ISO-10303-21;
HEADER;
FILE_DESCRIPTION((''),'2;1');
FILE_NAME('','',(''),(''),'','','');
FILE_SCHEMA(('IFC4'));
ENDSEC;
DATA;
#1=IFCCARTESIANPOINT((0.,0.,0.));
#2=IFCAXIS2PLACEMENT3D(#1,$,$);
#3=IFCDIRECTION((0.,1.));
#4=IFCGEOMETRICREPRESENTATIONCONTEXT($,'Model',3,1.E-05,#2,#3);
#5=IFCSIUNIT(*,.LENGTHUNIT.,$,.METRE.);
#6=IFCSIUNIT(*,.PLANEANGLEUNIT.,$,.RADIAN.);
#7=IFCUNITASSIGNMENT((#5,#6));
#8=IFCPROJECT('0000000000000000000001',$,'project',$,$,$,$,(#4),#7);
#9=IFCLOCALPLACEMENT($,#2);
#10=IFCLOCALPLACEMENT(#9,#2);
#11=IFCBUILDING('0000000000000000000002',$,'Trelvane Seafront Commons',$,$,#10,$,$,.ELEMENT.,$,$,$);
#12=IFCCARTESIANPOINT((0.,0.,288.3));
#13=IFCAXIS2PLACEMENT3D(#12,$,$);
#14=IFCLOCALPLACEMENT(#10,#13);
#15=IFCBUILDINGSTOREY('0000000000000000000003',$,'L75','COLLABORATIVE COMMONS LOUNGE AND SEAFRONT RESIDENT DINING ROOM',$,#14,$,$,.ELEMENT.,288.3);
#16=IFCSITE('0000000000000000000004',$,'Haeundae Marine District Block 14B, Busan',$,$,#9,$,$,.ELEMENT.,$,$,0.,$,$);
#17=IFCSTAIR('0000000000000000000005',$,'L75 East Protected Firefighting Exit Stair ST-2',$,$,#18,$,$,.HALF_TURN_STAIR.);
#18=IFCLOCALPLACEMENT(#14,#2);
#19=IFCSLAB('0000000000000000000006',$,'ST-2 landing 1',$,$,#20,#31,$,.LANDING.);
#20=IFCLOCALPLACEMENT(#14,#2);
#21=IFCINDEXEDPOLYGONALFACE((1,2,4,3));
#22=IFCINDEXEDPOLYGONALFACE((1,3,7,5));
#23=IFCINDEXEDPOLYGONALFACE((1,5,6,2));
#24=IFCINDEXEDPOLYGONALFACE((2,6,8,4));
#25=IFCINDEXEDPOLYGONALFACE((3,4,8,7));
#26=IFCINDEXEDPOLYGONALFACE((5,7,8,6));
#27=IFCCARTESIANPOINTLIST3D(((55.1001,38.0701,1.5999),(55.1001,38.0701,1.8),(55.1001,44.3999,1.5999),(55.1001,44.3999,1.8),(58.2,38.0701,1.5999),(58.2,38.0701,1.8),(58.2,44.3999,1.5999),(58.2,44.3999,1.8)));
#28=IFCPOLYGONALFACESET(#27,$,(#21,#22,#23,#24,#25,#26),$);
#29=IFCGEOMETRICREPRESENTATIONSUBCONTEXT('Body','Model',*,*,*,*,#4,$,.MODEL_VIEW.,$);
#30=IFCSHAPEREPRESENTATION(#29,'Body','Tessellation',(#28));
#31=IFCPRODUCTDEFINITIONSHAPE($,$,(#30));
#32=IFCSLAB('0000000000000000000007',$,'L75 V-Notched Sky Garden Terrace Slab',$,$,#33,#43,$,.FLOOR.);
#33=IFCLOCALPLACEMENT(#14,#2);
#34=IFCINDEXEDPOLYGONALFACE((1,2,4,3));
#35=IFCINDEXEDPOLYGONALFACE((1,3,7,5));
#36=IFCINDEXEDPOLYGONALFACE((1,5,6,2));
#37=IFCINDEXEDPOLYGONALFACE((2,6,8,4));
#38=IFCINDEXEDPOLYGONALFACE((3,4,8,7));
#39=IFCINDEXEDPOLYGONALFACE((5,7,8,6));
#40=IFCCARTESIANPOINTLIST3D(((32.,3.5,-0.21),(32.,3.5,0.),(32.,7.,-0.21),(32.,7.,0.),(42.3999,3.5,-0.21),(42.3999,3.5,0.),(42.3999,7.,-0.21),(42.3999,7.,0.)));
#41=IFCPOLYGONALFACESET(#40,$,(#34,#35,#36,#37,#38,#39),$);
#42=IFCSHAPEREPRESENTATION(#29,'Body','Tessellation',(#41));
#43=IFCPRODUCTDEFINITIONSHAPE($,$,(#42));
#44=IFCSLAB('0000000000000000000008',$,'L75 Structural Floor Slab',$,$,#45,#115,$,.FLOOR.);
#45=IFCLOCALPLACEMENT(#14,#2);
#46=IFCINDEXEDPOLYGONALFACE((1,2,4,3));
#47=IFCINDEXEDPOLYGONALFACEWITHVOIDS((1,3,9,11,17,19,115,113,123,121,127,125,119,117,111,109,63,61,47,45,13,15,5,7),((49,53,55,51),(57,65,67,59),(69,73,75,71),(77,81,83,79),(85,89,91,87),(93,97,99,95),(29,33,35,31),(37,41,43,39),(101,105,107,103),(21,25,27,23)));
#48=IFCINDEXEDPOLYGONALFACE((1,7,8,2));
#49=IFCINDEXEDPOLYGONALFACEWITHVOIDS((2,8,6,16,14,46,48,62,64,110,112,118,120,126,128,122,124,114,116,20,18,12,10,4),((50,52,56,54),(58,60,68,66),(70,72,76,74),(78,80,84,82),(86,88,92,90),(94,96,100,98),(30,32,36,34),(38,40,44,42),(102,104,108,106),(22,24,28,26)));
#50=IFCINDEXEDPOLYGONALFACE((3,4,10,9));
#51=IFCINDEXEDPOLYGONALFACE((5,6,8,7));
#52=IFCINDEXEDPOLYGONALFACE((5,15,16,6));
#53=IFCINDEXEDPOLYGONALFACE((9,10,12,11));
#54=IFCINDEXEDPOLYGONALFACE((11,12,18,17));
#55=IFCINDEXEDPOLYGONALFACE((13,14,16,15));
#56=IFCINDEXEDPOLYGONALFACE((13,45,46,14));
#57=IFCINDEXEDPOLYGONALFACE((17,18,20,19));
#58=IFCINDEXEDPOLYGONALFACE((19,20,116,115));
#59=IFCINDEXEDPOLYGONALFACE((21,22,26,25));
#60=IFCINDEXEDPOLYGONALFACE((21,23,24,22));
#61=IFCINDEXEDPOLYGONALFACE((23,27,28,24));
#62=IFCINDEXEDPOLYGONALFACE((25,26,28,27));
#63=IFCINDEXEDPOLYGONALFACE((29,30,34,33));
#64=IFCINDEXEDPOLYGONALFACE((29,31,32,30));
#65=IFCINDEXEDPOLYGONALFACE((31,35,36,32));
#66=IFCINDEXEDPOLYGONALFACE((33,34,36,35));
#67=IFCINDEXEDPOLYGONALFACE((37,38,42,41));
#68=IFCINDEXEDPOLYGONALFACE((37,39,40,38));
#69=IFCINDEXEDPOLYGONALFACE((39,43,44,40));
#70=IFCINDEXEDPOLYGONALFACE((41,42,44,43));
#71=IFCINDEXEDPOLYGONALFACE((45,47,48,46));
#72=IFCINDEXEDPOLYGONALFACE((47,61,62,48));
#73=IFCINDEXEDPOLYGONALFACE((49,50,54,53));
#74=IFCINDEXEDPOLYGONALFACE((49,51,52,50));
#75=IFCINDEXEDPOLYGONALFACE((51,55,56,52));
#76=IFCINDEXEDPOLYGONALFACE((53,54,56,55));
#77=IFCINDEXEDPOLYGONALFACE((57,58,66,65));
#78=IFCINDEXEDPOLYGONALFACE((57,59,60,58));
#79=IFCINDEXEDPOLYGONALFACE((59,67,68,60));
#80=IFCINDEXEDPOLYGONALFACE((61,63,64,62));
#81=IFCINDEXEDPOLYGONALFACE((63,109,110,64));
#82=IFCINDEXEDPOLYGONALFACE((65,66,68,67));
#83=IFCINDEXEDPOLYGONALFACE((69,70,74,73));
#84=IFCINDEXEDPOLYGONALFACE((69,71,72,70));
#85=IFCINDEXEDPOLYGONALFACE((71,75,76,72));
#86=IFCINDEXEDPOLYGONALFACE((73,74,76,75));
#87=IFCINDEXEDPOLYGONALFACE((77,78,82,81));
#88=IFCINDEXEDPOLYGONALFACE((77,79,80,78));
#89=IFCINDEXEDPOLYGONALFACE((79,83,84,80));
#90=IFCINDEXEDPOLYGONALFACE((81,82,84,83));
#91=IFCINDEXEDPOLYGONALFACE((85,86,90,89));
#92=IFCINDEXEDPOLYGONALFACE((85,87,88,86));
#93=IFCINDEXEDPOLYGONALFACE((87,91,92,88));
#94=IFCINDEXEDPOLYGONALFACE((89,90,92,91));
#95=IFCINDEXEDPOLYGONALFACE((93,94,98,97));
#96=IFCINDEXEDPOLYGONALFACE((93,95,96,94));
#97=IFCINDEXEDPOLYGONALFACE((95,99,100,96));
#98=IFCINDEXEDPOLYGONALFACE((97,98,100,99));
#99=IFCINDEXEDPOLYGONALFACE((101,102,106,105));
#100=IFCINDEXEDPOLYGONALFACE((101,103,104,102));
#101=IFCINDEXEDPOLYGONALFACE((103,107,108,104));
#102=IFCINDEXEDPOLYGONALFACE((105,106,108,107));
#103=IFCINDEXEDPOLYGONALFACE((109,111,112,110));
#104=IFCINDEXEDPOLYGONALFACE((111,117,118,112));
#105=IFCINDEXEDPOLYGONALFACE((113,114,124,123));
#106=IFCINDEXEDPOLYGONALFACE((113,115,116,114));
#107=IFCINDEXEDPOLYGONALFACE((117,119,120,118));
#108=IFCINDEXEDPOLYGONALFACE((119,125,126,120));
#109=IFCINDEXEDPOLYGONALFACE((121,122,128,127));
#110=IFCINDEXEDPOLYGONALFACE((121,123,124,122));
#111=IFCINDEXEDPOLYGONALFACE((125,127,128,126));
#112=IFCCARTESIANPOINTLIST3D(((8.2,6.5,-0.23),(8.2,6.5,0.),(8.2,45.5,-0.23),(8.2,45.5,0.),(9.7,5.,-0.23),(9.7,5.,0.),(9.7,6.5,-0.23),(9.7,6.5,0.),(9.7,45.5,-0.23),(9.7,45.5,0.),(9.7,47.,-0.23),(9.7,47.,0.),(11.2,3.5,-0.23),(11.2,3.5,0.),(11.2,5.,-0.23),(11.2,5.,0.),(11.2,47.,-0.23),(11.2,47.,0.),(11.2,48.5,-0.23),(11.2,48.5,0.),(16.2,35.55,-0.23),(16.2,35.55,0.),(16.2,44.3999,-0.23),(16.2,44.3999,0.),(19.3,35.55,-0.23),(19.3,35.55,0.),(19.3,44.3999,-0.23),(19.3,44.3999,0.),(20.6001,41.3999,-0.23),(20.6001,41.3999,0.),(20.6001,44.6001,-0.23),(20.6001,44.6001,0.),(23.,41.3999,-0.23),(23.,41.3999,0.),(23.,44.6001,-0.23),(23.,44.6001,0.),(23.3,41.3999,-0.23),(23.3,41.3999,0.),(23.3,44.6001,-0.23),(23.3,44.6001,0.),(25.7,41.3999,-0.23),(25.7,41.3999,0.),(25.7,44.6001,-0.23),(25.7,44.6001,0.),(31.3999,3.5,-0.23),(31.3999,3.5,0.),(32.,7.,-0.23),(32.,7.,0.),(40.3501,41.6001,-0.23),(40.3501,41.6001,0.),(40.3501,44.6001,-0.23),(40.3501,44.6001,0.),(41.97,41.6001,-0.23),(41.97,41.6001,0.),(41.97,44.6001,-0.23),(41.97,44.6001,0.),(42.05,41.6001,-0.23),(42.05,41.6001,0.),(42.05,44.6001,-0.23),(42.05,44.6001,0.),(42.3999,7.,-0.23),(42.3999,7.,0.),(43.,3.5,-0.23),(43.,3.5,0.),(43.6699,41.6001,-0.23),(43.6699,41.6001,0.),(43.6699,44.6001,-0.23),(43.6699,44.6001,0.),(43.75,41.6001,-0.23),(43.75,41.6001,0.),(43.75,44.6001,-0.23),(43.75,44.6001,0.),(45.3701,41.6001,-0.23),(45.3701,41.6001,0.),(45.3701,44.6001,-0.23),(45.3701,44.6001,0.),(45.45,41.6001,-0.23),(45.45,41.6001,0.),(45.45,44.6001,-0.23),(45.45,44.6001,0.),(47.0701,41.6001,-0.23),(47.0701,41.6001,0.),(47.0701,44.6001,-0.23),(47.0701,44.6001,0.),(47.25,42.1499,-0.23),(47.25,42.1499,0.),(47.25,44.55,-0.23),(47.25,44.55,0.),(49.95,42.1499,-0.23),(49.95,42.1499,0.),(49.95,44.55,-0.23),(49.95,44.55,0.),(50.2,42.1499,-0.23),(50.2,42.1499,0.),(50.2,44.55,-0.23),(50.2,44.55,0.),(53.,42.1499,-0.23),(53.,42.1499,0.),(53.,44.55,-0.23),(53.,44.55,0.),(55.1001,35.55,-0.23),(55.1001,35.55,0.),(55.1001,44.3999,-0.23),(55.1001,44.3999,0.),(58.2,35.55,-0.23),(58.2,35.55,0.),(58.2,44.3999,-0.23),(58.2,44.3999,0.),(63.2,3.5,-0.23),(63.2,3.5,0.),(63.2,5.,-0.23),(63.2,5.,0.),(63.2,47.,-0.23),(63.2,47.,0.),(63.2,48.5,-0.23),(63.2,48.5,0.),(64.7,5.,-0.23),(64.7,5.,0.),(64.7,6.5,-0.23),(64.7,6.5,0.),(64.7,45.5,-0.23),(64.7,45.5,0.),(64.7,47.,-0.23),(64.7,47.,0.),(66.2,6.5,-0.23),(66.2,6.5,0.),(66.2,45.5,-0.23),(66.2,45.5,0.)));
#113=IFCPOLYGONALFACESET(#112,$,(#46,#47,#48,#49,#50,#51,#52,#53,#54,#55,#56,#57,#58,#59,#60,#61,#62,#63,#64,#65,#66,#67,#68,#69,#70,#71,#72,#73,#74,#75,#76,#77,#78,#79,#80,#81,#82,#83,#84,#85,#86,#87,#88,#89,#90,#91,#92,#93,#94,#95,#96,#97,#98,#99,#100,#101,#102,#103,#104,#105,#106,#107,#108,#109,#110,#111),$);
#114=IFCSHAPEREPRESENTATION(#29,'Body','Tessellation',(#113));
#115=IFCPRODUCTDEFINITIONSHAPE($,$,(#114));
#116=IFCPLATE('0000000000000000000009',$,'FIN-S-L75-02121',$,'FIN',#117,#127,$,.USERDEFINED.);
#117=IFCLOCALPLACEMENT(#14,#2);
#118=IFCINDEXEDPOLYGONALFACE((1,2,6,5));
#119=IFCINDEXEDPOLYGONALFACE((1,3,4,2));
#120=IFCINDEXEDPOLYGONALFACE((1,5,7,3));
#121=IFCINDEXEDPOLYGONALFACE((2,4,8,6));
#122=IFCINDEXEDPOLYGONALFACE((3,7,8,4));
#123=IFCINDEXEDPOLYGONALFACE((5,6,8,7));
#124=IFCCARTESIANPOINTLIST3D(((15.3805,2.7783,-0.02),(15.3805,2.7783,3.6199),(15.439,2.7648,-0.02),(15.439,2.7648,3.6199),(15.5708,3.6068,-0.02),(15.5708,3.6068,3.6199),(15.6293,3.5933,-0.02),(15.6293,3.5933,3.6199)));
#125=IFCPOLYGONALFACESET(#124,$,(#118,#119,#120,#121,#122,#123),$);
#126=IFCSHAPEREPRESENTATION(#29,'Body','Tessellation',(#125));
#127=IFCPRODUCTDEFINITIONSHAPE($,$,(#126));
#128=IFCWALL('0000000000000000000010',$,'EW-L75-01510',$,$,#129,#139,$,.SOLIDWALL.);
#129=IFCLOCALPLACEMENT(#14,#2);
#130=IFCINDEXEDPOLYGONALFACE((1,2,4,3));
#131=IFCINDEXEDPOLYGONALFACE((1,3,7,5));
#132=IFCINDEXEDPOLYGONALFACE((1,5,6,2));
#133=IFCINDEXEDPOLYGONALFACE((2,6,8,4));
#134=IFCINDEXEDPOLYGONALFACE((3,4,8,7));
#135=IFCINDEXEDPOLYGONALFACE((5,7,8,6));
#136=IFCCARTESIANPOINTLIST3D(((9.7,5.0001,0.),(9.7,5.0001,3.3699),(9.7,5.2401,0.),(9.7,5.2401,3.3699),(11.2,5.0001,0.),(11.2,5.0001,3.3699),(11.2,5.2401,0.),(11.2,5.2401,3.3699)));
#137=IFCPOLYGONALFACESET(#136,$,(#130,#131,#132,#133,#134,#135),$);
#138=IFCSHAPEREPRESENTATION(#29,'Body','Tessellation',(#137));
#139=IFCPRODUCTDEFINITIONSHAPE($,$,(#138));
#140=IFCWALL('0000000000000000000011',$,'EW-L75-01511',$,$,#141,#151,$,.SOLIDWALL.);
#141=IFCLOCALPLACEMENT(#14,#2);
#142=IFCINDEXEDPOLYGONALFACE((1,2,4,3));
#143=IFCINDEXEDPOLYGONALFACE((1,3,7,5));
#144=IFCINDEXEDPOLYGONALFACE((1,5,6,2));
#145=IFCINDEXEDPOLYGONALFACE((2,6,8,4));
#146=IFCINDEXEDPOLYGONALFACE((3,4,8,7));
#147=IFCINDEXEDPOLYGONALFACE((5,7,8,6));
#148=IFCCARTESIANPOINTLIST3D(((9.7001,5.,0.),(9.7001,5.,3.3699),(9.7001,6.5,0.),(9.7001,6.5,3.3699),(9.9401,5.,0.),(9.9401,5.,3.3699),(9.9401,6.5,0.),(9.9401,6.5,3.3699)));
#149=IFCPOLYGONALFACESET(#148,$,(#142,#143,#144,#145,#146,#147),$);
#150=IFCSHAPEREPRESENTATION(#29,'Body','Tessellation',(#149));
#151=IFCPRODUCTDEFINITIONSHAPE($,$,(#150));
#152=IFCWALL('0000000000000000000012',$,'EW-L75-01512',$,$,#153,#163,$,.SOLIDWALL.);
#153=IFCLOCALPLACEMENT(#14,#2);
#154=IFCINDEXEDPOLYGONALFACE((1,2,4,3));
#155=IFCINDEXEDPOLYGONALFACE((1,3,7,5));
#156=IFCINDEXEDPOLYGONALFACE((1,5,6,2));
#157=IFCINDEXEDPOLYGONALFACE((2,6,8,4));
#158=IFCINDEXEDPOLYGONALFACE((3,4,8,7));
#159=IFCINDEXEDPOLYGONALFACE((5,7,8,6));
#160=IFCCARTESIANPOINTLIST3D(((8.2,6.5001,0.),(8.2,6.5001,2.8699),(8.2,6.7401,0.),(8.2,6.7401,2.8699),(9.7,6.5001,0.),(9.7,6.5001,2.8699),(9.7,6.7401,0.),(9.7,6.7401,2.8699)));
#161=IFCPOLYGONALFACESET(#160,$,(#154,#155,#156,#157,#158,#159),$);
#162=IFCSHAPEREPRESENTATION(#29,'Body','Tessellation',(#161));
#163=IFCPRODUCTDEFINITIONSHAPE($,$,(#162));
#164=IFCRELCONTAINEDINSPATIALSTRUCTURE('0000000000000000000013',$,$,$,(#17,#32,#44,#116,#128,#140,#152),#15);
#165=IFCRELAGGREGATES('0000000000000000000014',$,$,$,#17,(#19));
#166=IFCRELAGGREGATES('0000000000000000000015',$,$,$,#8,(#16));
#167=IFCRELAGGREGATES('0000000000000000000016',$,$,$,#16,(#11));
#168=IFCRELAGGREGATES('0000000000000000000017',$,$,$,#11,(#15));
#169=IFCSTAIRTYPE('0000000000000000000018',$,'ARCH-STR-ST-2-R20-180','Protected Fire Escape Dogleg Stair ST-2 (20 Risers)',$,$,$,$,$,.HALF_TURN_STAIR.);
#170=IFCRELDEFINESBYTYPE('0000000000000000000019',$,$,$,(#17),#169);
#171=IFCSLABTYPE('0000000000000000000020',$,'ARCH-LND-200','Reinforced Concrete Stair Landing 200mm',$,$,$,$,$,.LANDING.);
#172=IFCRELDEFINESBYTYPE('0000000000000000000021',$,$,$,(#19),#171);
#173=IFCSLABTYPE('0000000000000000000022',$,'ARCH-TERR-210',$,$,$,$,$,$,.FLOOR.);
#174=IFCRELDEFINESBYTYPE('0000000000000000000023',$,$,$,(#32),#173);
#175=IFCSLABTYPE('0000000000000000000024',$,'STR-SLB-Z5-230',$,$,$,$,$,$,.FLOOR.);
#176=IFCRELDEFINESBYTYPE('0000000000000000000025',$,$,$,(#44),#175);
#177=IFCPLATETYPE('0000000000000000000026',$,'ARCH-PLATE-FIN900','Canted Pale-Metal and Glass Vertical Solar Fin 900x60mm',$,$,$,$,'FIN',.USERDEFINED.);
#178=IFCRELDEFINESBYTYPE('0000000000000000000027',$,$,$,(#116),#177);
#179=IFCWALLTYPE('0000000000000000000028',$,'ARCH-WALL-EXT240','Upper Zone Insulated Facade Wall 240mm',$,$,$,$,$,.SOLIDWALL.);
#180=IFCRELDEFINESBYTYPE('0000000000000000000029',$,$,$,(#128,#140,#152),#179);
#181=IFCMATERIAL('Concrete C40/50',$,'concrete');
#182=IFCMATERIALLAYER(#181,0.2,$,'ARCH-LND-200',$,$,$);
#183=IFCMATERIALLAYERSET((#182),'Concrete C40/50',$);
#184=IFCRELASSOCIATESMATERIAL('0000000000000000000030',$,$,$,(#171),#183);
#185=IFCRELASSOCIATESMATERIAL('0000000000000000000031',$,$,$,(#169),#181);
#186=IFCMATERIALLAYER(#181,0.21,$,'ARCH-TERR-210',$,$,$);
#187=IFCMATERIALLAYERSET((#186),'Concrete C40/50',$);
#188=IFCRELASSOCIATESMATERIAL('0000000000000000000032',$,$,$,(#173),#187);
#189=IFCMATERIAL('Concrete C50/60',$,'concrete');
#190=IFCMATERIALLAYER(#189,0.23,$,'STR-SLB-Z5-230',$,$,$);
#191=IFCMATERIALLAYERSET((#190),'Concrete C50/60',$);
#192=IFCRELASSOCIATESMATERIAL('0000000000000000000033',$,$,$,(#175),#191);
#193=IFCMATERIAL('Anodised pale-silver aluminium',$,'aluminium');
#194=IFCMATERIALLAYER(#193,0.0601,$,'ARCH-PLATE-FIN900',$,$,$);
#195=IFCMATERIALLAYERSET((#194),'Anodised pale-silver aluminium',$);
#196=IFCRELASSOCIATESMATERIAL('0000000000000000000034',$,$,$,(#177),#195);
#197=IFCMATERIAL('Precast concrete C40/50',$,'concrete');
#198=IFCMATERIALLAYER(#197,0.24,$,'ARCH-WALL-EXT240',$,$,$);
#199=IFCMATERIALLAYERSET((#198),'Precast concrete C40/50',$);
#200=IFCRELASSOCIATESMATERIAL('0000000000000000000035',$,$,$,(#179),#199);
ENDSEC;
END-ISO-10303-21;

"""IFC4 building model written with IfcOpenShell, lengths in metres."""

from ifc_helpers import new_model, si_unit, direction, frame, frame_2d, origin, origin_2d, place, context, subcontext, project, spatial, polyline, rectangle, outline, extrude, source, transform, mapped, material, layer, layer_set, type_object, element, aggregate, save


model = new_model("IFC4")

# Units and contexts
model_context = context("Model", 3, precision=1e-05, world=origin(), true_north=direction((0.0, 1.0)))
body_context = subcontext(model_context, "Body", "Model", "MODEL_VIEW")
ifc_project = project(units=[si_unit("LENGTHUNIT", "METRE"), si_unit("PLANEANGLEUNIT", "RADIAN")], contexts=[model_context])

# Site, building, storey
site_placement = place(None, origin())
site = spatial("IfcSite", under=ifc_project, at=site_placement, Name="Haeundae Marine District Block 14B, Busan", CompositionType="ELEMENT", RefElevation=0.0)
building_placement = place(site_placement, origin())
building = spatial("IfcBuilding", under=site, at=building_placement, Name="Trelvane Seafront Commons", CompositionType="ELEMENT")
storey_placement = place(building_placement, frame((0.0, 0.0, 288.3)))
storey = spatial("IfcBuildingStorey", under=building, at=storey_placement, Name="L75", Description="COLLABORATIVE COMMONS LOUNGE AND SEAFRONT RESIDENT DINING ROOM", CompositionType="ELEMENT", Elevation=288.3)

# Shared definitions
ifc_material_1 = material(Name="Concrete C40/50", Category="concrete")

# Stair, slab
ifc_layer_1 = layer(ifc_material_1, 0.2, Name="ARCH-LND-200")
ifc_layer_set_1 = layer_set([ifc_layer_1], Name="Concrete C40/50")
slab_type_1 = type_object("IfcSlabType", Name="ARCH-LND-200", Description="Reinforced Concrete Stair Landing 200mm", PredefinedType="LANDING", material=ifc_layer_set_1)
stair_type_1 = type_object("IfcStairType", Name="ARCH-STR-ST-2-R20-180", Description="Protected Fire Escape Dogleg Stair ST-2 (20 Risers)", PredefinedType="HALF_TURN_STAIR", material=ifc_material_1)
stair_1_placement = place(storey_placement, origin())
stair_1 = element("IfcStair", 1, at=stair_1_placement, inside=storey, type_object=stair_type_1, Name="L75 East Protected Firefighting Exit Stair ST-2", PredefinedType="HALF_TURN_STAIR")
slab_1_placement = place(storey_placement, frame((0.0, 0.0, 1.5999)))
slab_1 = element("IfcSlab", 2, at=slab_1_placement, type_object=slab_type_1, Name="ST-2 landing 1", PredefinedType="LANDING", context=body_context, shape_type="SweptSolid", body=[
    extrude(outline(polyline([(58.2, 38.0701), (58.2, 44.3999), (55.1001, 44.3999), (55.1001, 38.0701), (58.2, 38.0701)])), origin(), (0.0, 0.0, 1.0), 0.2002),
])
aggregate(stair_1, [slab_1])

# Slabs
ifc_layer_2 = layer(ifc_material_1, 0.21, Name="ARCH-TERR-210")
ifc_layer_set_2 = layer_set([ifc_layer_2], Name="Concrete C40/50")
slab_type_2 = type_object("IfcSlabType", Name="ARCH-TERR-210", PredefinedType="FLOOR", material=ifc_layer_set_2)
slab_2_placement = place(storey_placement, frame((0.0, 0.0, -0.21)))
element("IfcSlab", 3, at=slab_2_placement, inside=storey, type_object=slab_type_2, Name="L75 V-Notched Sky Garden Terrace Slab", PredefinedType="FLOOR", context=body_context, shape_type="SweptSolid", body=[
    extrude(outline(polyline([(32.0, 3.5), (42.3999, 3.5), (42.3999, 7.0), (32.0, 7.0), (32.0, 3.5)])), origin(), (0.0, 0.0, 1.0), 0.21),
])
ifc_material_2 = material(Name="Concrete C50/60", Category="concrete")
ifc_layer_3 = layer(ifc_material_2, 0.23, Name="STR-SLB-Z5-230")
ifc_layer_set_3 = layer_set([ifc_layer_3], Name="Concrete C50/60")
slab_type_3 = type_object("IfcSlabType", Name="STR-SLB-Z5-230", PredefinedType="FLOOR", material=ifc_layer_set_3)
slab_3_placement = place(storey_placement, frame((0.0, 0.0, -0.23)))
element("IfcSlab", 4, at=slab_3_placement, inside=storey, type_object=slab_type_3, Name="L75 Structural Floor Slab", PredefinedType="FLOOR", context=body_context, shape_type="SweptSolid", body=[
    extrude(outline(polyline([(11.2, 3.5), (31.3999, 3.5), (32.0, 7.0), (42.3999, 7.0), (43.0, 3.5), (63.2, 3.5), (63.2, 5.0), (64.7, 5.0), (64.7, 6.5), (66.2, 6.5), (66.2, 45.5), (64.7, 45.5), (64.7, 47.0), (63.2, 47.0), (63.2, 48.5), (11.2, 48.5), (11.2, 47.0), (9.7, 47.0), (9.7, 45.5), (8.2, 45.5), (8.2, 6.5), (9.7, 6.5), (9.7, 5.0), (11.2, 5.0), (11.2, 3.5)]), holes=[polyline([(19.3, 35.55), (16.2, 35.55), (16.2, 44.3999), (19.3, 44.3999), (19.3, 35.55)]), polyline([(58.2, 35.55), (55.1001, 35.55), (55.1001, 44.3999), (58.2, 44.3999), (58.2, 35.55)]), polyline([(23.0, 41.3999), (20.6001, 41.3999), (20.6001, 44.6001), (23.0, 44.6001), (23.0, 41.3999)]), polyline([(23.3, 41.3999), (23.3, 44.6001), (25.7, 44.6001), (25.7, 41.3999), (23.3, 41.3999)]), polyline([(40.3501, 41.6001), (40.3501, 44.6001), (41.97, 44.6001), (41.97, 41.6001), (40.3501, 41.6001)]), polyline([(43.6699, 41.6001), (42.05, 41.6001), (42.05, 44.6001), (43.6699, 44.6001), (43.6699, 41.6001)]), polyline([(45.3701, 41.6001), (43.75, 41.6001), (43.75, 44.6001), (45.3701, 44.6001), (45.3701, 41.6001)]), polyline([(47.0701, 41.6001), (45.45, 41.6001), (45.45, 44.6001), (47.0701, 44.6001), (47.0701, 41.6001)]), polyline([(47.25, 42.1499), (47.25, 44.55), (49.95, 44.55), (49.95, 42.1499), (47.25, 42.1499)]), polyline([(50.2, 42.1499), (50.2, 44.55), (53.0, 44.55), (53.0, 42.1499), (50.2, 42.1499)])]), origin(), (0.0, 0.0, 1.0), 0.23),
])

# Plate
ifc_material_3 = material(Name="Anodised pale-silver aluminium", Category="aluminium")
ifc_layer_4 = layer(ifc_material_3, 0.0601, Name="ARCH-PLATE-FIN900")
ifc_layer_set_4 = layer_set([ifc_layer_4], Name="Anodised pale-silver aluminium")
plate_type = type_object("IfcPlateType", Name="ARCH-PLATE-FIN900", Description="Canted Pale-Metal and Glass Vertical Solar Fin 900x60mm", ElementType="FIN", PredefinedType="USERDEFINED", material=ifc_layer_set_4)
shared_shape_1 = source(origin(), body_context, "Body", "SweptSolid", [
    extrude(rectangle(XDim=0.8501, YDim=0.0601, at=origin_2d()), origin(), (0.0, 0.0, 1.0), 3.6399),
])
plate_placement = place(storey_placement, frame((15.5049, 3.1858, -0.02), z_axis=(0.0, 0.0, 1.0), x_axis=(-0.223888, -0.974615, 0.0)))
element("IfcPlate", 5, at=plate_placement, inside=storey, type_object=plate_type, Name="FIN-S-L75-02121", ObjectType="FIN", PredefinedType="USERDEFINED", context=body_context, shape_type="MappedRepresentation", body=[
    mapped(shared_shape_1, transform((0.0, 0.0, 0.0), x_axis=(1.0, 0.0, 0.0), y_axis=(0.0, 1.0, 0.0), z_axis=(0.0, 0.0, 1.0), scale=1.0)),
])

# Walls
ifc_material_4 = material(Name="Precast concrete C40/50", Category="concrete")
ifc_layer_5 = layer(ifc_material_4, 0.24, Name="ARCH-WALL-EXT240")
ifc_layer_set_5 = layer_set([ifc_layer_5], Name="Precast concrete C40/50")
wall_type_1 = type_object("IfcWallType", Name="ARCH-WALL-EXT240", Description="Upper Zone Insulated Facade Wall 240mm", PredefinedType="SOLIDWALL", material=ifc_layer_set_5)
for number, where, z_axis, x_axis, name in (
    (6, (11.2, 5.1201, 0.0), (0.0, 0.0, 1.0), (-1.0, 0.0, 0.0), "EW-L75-01510"),
    (7, (9.8201, 5.0, 0.0), (0.0, 0.0, 1.0), (0.0, 1.0, 0.0), "EW-L75-01511"),
):
    element("IfcWall", number, at=place(storey_placement, frame(where, z_axis=z_axis, x_axis=x_axis)), inside=storey, type_object=wall_type_1, Name=name, PredefinedType="SOLIDWALL", context=body_context, shape_type="SweptSolid", body=[
        extrude(rectangle(XDim=1.5, YDim=0.24, at=frame_2d((0.75, 0.0))), origin(), (0.0, 0.0, 1.0), 3.3699),
    ])
wall_1_placement = place(storey_placement, frame((9.7, 6.6201, 0.0), z_axis=(0.0, 0.0, 1.0), x_axis=(-1.0, 0.0, 0.0)))
element("IfcWall", 8, at=wall_1_placement, inside=storey, type_object=wall_type_1, Name="EW-L75-01512", PredefinedType="SOLIDWALL", context=body_context, shape_type="SweptSolid", body=[
    extrude(rectangle(XDim=1.5, YDim=0.24, at=frame_2d((0.75, 0.0))), origin(), (0.0, 0.0, 1.0), 2.8699),
])

save(model, "model.ifc")
